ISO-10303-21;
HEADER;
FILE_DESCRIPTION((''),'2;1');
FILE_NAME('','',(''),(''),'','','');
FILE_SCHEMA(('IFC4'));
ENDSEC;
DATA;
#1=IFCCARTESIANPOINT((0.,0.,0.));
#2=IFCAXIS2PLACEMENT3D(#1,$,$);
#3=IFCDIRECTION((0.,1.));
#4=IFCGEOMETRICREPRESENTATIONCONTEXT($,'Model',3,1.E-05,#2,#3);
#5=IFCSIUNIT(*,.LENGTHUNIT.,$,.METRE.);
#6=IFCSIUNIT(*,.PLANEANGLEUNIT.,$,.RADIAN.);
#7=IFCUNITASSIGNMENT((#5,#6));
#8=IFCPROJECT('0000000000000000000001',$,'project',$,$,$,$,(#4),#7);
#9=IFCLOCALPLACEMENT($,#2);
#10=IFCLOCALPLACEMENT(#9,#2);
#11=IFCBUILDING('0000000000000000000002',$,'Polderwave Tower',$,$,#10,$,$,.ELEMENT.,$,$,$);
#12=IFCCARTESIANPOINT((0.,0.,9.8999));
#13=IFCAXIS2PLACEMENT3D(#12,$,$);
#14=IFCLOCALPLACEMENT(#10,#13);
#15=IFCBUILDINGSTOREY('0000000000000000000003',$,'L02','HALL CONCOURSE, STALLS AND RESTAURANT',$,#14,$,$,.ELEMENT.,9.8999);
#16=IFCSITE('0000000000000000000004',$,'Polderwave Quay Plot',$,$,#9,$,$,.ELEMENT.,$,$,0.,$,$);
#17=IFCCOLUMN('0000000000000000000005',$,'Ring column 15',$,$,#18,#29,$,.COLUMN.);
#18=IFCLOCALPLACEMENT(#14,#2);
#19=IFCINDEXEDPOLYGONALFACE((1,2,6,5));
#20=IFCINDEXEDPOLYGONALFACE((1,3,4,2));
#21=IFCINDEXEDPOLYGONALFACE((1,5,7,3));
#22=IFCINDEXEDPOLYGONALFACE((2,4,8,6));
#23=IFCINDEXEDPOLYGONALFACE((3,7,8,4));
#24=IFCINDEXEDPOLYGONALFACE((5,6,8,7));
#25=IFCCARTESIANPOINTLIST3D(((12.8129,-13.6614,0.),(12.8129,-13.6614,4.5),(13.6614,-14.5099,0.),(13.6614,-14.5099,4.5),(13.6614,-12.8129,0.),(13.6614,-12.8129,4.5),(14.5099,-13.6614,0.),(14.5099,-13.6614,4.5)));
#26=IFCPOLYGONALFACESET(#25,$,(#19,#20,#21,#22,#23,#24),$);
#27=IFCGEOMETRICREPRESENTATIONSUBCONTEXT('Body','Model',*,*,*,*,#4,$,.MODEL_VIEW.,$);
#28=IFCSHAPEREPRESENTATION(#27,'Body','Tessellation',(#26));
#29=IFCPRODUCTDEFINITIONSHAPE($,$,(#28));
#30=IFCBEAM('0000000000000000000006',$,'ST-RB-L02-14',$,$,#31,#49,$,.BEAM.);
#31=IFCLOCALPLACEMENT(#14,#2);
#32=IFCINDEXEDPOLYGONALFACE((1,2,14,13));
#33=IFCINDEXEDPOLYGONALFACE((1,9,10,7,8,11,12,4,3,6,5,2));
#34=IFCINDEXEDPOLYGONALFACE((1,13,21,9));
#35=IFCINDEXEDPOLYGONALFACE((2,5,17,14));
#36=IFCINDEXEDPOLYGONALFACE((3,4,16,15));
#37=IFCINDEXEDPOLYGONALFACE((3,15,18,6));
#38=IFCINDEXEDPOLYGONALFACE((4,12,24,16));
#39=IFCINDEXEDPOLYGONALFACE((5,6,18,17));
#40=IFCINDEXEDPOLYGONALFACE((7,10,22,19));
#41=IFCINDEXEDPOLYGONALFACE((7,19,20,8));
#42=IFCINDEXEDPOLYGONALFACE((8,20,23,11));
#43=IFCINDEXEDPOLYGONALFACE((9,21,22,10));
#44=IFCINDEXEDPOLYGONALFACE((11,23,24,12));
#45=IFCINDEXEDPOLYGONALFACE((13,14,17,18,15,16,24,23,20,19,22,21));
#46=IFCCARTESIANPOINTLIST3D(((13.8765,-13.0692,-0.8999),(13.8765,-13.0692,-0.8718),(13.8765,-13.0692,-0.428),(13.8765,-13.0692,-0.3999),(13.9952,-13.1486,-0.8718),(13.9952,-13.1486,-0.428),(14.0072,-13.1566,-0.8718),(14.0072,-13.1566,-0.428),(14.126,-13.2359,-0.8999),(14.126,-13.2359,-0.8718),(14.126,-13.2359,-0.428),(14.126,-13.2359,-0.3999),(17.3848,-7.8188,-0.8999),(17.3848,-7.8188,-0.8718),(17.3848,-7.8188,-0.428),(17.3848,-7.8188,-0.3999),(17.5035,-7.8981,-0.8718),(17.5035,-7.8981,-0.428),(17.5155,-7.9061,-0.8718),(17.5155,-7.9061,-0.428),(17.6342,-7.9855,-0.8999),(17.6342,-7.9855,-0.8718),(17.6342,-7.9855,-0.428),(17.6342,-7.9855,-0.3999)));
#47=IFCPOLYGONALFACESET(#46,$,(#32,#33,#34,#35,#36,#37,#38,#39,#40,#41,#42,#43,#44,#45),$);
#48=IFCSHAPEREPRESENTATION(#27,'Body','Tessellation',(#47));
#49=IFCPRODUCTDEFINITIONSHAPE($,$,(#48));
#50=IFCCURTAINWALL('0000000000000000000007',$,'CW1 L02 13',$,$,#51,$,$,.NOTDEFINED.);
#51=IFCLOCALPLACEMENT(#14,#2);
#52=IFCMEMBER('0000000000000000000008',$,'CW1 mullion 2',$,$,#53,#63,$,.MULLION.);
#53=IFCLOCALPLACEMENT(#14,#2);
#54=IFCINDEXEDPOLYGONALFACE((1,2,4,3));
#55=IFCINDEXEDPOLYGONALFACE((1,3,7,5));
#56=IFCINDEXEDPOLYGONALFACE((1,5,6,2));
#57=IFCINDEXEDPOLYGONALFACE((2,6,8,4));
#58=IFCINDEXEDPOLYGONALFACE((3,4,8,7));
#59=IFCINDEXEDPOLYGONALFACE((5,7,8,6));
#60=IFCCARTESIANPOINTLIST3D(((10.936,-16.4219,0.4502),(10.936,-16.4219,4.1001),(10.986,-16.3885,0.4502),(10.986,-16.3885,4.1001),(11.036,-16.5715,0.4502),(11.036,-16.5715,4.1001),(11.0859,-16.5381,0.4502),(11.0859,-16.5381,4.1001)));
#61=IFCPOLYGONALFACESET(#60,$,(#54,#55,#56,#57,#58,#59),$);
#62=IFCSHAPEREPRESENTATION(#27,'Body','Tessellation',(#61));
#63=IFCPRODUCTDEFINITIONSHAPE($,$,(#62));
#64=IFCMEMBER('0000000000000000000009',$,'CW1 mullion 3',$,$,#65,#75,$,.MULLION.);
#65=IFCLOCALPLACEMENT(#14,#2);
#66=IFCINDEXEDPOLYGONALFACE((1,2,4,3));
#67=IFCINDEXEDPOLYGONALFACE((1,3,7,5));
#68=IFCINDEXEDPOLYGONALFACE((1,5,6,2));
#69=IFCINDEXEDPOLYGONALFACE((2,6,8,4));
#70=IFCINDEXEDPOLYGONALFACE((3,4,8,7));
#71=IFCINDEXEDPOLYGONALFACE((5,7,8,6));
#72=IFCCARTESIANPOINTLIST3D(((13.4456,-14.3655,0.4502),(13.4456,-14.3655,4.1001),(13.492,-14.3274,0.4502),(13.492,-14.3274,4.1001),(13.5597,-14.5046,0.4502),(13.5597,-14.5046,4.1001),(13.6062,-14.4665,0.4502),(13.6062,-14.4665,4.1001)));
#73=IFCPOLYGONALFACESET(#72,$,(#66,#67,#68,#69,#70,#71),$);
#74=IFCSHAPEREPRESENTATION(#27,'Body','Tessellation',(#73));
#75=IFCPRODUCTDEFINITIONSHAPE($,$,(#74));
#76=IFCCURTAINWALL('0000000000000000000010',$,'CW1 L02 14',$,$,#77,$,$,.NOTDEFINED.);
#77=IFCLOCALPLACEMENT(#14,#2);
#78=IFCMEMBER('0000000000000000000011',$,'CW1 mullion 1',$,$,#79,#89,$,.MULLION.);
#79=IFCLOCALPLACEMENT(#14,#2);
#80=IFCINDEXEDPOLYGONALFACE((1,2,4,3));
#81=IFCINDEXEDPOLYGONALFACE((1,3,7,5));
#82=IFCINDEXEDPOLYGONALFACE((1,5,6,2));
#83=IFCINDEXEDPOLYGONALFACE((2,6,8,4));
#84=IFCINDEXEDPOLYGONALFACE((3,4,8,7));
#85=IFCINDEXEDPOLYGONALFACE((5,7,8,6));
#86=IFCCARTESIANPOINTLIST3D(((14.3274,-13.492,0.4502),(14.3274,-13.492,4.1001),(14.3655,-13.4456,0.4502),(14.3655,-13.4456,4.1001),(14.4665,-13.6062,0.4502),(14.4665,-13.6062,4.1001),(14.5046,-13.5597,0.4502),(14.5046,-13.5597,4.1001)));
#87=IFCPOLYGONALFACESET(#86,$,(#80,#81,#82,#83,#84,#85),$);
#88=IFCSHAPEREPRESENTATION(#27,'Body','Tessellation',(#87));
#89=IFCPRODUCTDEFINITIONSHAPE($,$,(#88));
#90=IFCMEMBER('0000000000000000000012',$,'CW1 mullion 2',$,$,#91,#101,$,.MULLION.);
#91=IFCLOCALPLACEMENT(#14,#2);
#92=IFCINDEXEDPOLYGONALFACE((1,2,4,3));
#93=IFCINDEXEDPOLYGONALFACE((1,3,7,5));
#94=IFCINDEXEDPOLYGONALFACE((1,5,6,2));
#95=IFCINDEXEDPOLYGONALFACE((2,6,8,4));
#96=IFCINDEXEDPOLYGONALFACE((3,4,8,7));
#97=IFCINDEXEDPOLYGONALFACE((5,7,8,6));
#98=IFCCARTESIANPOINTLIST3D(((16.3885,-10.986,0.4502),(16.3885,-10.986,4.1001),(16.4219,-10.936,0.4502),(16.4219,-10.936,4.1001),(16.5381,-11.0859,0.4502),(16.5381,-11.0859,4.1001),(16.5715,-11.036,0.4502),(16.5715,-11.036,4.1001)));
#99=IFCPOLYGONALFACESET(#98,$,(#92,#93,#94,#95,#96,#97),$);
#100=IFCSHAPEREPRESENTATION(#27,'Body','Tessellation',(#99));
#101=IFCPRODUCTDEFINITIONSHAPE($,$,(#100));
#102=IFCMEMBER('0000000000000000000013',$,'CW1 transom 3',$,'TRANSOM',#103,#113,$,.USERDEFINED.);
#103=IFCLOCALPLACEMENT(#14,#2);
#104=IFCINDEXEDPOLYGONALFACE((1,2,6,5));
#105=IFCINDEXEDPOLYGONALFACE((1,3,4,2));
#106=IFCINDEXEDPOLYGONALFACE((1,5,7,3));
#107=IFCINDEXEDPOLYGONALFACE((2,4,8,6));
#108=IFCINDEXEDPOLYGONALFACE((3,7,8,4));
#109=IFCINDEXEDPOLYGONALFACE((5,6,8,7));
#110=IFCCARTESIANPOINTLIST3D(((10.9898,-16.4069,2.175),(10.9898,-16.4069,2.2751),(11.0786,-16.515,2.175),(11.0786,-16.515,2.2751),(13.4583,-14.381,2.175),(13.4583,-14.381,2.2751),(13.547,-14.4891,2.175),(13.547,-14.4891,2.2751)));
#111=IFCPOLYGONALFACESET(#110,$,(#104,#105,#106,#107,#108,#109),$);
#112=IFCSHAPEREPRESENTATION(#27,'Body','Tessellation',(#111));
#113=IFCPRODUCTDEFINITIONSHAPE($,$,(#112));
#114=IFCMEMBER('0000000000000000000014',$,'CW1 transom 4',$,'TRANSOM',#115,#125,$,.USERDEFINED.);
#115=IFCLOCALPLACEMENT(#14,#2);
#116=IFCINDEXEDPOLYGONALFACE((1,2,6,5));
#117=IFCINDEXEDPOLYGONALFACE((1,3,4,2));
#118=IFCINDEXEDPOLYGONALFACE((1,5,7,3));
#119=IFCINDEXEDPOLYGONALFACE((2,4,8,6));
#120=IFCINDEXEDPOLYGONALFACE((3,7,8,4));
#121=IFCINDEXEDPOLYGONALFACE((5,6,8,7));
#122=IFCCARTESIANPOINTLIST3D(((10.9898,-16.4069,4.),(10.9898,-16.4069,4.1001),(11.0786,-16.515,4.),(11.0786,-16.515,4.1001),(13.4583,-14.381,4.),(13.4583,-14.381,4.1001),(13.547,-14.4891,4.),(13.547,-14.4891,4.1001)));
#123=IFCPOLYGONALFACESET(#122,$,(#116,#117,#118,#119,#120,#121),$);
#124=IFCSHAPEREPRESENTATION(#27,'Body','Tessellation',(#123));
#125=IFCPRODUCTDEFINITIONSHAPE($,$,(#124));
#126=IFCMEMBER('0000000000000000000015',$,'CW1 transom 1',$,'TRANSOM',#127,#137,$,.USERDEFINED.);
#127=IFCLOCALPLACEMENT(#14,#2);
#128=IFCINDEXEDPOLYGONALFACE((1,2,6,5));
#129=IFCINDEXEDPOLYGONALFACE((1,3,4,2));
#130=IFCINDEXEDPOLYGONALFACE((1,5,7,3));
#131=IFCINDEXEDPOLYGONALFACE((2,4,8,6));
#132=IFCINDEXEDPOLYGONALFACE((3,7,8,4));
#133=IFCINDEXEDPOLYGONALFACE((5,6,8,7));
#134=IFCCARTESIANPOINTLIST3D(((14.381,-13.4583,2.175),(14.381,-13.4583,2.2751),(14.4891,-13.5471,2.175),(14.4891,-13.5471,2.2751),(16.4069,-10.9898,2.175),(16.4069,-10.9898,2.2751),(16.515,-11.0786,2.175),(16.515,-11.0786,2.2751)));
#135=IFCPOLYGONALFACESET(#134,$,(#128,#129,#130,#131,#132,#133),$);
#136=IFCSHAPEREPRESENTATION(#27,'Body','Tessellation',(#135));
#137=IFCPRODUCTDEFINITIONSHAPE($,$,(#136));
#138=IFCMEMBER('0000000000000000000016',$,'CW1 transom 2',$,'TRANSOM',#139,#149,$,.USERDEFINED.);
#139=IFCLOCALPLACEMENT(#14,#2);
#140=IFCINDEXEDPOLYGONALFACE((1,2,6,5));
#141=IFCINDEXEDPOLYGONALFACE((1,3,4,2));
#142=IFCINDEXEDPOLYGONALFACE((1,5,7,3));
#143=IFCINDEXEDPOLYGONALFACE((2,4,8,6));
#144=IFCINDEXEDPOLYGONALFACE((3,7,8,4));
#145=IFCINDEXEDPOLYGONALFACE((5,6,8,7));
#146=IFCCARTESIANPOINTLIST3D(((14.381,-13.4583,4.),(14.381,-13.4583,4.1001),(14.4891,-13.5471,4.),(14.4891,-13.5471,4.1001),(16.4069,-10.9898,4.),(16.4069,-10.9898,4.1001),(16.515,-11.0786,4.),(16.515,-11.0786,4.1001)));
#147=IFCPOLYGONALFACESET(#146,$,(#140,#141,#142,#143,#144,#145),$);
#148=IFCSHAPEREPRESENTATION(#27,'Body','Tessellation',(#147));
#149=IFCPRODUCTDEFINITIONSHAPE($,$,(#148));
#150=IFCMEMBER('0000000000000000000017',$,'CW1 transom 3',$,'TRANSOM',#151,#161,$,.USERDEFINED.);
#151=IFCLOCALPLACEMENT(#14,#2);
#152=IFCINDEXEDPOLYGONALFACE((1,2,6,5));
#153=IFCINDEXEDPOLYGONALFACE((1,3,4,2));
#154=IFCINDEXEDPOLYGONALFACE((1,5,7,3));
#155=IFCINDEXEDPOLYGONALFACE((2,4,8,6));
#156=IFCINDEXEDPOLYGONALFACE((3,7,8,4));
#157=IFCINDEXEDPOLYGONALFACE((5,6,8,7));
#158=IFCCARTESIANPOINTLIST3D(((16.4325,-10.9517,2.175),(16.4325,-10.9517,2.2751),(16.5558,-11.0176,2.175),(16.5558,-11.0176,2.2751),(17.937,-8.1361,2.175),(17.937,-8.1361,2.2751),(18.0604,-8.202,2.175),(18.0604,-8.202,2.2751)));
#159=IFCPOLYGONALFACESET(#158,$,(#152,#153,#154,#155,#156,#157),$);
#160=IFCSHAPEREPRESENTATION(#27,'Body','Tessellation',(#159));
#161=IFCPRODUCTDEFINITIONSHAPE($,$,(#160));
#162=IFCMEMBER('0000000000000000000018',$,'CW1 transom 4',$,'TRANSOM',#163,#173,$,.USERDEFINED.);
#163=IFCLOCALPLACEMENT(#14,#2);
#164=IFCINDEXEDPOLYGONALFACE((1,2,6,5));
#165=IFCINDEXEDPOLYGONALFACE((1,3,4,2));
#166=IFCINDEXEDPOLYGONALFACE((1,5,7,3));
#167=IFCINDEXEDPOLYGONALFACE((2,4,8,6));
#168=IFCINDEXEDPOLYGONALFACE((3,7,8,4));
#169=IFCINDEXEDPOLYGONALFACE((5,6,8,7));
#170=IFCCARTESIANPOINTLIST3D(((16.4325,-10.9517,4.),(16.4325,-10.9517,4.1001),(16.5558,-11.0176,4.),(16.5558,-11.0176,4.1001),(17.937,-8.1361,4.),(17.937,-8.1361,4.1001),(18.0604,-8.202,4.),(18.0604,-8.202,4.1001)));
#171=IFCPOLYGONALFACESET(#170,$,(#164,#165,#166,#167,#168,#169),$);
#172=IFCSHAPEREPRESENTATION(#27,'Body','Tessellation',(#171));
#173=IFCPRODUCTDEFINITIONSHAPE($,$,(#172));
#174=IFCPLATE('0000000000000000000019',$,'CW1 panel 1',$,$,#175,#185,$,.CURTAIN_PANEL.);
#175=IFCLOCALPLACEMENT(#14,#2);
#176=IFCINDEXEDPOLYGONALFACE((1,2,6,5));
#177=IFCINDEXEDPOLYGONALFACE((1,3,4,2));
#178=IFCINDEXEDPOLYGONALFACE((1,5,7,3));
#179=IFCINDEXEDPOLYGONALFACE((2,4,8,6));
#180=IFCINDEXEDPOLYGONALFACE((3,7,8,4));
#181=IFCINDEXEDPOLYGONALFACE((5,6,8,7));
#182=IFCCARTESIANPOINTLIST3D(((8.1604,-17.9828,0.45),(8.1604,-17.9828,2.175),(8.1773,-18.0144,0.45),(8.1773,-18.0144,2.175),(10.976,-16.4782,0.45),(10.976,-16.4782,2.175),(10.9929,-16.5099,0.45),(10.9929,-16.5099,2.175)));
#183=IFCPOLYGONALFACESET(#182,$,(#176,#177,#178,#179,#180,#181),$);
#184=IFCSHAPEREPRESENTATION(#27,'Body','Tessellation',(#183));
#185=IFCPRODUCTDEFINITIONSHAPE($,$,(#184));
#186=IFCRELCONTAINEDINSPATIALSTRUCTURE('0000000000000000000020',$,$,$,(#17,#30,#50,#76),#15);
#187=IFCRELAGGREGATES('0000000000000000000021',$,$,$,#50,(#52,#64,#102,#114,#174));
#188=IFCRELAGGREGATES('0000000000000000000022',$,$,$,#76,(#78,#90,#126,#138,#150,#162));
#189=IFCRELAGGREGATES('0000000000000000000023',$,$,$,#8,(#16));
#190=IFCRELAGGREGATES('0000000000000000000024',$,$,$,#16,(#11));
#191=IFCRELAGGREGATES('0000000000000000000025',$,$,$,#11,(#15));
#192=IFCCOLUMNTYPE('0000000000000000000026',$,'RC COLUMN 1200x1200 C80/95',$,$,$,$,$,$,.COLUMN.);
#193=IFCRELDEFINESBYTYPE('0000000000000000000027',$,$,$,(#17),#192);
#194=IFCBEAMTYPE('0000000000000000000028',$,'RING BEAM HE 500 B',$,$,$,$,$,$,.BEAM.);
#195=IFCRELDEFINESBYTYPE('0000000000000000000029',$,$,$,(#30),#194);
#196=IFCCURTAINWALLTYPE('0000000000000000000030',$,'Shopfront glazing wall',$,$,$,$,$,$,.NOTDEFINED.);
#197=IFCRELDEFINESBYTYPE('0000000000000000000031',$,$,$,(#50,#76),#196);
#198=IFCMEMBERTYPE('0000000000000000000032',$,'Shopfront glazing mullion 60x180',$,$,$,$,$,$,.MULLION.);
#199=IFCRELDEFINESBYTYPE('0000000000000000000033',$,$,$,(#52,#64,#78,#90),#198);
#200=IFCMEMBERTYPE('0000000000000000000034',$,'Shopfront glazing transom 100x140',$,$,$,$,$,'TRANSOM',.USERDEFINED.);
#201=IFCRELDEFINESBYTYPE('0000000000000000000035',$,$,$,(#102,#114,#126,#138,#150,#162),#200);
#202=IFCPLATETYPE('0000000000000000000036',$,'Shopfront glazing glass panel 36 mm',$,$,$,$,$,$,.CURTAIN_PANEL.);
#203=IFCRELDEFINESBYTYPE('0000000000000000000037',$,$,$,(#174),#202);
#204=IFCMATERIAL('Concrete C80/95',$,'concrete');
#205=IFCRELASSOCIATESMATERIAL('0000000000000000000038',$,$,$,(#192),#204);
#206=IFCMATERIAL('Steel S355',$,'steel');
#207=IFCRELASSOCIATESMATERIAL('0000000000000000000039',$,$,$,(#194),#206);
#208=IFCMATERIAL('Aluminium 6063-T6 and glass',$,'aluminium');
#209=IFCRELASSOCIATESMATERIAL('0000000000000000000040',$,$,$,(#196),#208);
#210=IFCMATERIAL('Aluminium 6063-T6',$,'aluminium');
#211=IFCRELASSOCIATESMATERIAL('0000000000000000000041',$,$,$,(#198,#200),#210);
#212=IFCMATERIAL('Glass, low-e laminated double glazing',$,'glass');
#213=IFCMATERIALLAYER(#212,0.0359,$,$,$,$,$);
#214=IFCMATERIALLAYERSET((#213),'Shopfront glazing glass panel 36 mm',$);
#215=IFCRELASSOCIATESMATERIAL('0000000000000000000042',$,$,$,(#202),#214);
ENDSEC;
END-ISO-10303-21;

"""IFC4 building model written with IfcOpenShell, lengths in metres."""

from ifc_helpers import new_model, si_unit, direction, frame, origin, origin_2d, place, context, subcontext, project, spatial, rectangle, i_section, extrude, material, layer, layer_set, material_profile, profile_set, type_object, element, aggregate, save


model = new_model("IFC4")

# Units and contexts
model_context = context("Model", 3, precision=1e-05, world=origin(), true_north=direction((0.0, 1.0)))
body_context = subcontext(model_context, "Body", "Model", "MODEL_VIEW")
ifc_project = project(units=[si_unit("LENGTHUNIT", "METRE"), si_unit("PLANEANGLEUNIT", "RADIAN")], contexts=[model_context])

# Site, building, storey
site_placement = place(None, origin())
site = spatial("IfcSite", under=ifc_project, at=site_placement, Name="Polderwave Quay Plot", CompositionType="ELEMENT", RefElevation=0.0)
building_placement = place(site_placement, origin())
building = spatial("IfcBuilding", under=site, at=building_placement, Name="Polderwave Tower", CompositionType="ELEMENT")
storey_placement = place(building_placement, frame((0.0, 0.0, 9.8999)))
storey = spatial("IfcBuildingStorey", under=building, at=storey_placement, Name="L02", Description="HALL CONCOURSE, STALLS AND RESTAURANT", CompositionType="ELEMENT", Elevation=9.8999)

# Column
ifc_material_1 = material(Name="Concrete C80/95", Category="concrete")
ifc_material_profile_1 = material_profile(ifc_material_1, rectangle(XDim=1.2, YDim=1.2, at=origin_2d()), Name="RC 1200x1200")
ifc_profile_set_1 = profile_set([ifc_material_profile_1], Name="Concrete C80/95")
column_type = type_object("IfcColumnType", Name="RC COLUMN 1200x1200 C80/95", PredefinedType="COLUMN", material=ifc_profile_set_1)
column_placement = place(storey_placement, frame((13.6614, -13.6614, 0.0), z_axis=(0.0, 0.0, 1.0), x_axis=(0.707107, -0.707107, 0.0)))
element("IfcColumn", 1, at=column_placement, inside=storey, type_object=column_type, Name="Ring column 15", PredefinedType="COLUMN", context=body_context, shape_type="SweptSolid", body=[
    extrude(rectangle(XDim=1.2, YDim=1.2, at=origin_2d()), origin(), (0.0, 0.0, 1.0), 4.5),
])

# Beam
ifc_material_2 = material(Name="Steel S355", Category="steel")
ifc_material_profile_2 = material_profile(ifc_material_2, i_section(OverallWidth=0.3, OverallDepth=0.5, WebThickness=0.0144, FlangeThickness=0.0281, at=origin_2d()), Name="HE 500 B")
ifc_profile_set_2 = profile_set([ifc_material_profile_2], Name="Steel S355")
beam_type = type_object("IfcBeamType", Name="RING BEAM HE 500 B", PredefinedType="BEAM", material=ifc_profile_set_2)
beam_placement = place(storey_placement, frame((14.0012, -13.1526, -0.6499), z_axis=(0.555574, 0.831467, 0.0), x_axis=(-0.831467, 0.555574, 0.0)))
element("IfcBeam", 2, at=beam_placement, inside=storey, type_object=beam_type, Name="ST-RB-L02-14", PredefinedType="BEAM", context=body_context, shape_type="SweptSolid", body=[
    extrude(i_section(OverallWidth=0.3, OverallDepth=0.5, WebThickness=0.0144, FlangeThickness=0.0281, at=origin_2d()), origin(), (0.0, 0.0, 1.0), 6.3147),
])

# Curtain walls, members
ifc_material_3 = material(Name="Aluminium 6063-T6 and glass", Category="aluminium")
curtain_wall_type = type_object("IfcCurtainWallType", Name="Shopfront glazing wall", PredefinedType="NOTDEFINED", material=ifc_material_3)
curtain_wall_1_placement = place(storey_placement, origin())
curtain_wall_1 = element("IfcCurtainWall", 3, at=curtain_wall_1_placement, inside=storey, type_object=curtain_wall_type, Name="CW1 L02 13", PredefinedType="NOTDEFINED")
ifc_material_4 = material(Name="Aluminium 6063-T6", Category="aluminium")
ifc_material_profile_3 = material_profile(ifc_material_4, rectangle(XDim=0.1799, YDim=0.0601, at=origin_2d()), Name="AL 60x180")
ifc_profile_set_3 = profile_set([ifc_material_profile_3], Name="Aluminium 6063-T6")
member_type_1 = type_object("IfcMemberType", Name="Shopfront glazing mullion 60x180", PredefinedType="MULLION", material=ifc_profile_set_3)
member_1_placement = place(storey_placement, frame((11.011, -16.48, 0.4502), z_axis=(0.0, 0.0, 1.0), x_axis=(-0.555535, 0.831493, 0.0)))
member_1 = element("IfcMember", 4, at=member_1_placement, type_object=member_type_1, Name="CW1 mullion 2", PredefinedType="MULLION", context=body_context, shape_type="SweptSolid", body=[
    extrude(rectangle(XDim=0.1799, YDim=0.0601, at=origin_2d()), origin(), (0.0, 0.0, 1.0), 3.6499),
])
member_2_placement = place(storey_placement, frame((13.5259, -14.416, 0.4502), z_axis=(0.0, 0.0, 1.0), x_axis=(-0.634415, 0.772993, 0.0)))
member_2 = element("IfcMember", 5, at=member_2_placement, type_object=member_type_1, Name="CW1 mullion 3", PredefinedType="MULLION", context=body_context, shape_type="SweptSolid", body=[
    extrude(rectangle(XDim=0.1799, YDim=0.0601, at=origin_2d()), origin(), (0.0, 0.0, 1.0), 3.6499),
])
curtain_wall_2_placement = place(storey_placement, origin())
curtain_wall_2 = element("IfcCurtainWall", 6, at=curtain_wall_2_placement, inside=storey, type_object=curtain_wall_type, Name="CW1 L02 14", PredefinedType="NOTDEFINED")
member_3_placement = place(storey_placement, frame((14.416, -13.5259, 0.4502), z_axis=(0.0, 0.0, 1.0), x_axis=(-0.772993, 0.634415, 0.0)))
member_3 = element("IfcMember", 7, at=member_3_placement, type_object=member_type_1, Name="CW1 mullion 1", PredefinedType="MULLION", context=body_context, shape_type="SweptSolid", body=[
    extrude(rectangle(XDim=0.1799, YDim=0.0601, at=origin_2d()), origin(), (0.0, 0.0, 1.0), 3.6499),
])
member_4_placement = place(storey_placement, frame((16.48, -11.011, 0.4502), z_axis=(0.0, 0.0, 1.0), x_axis=(-0.831493, 0.555535, 0.0)))
member_4 = element("IfcMember", 8, at=member_4_placement, type_object=member_type_1, Name="CW1 mullion 2", PredefinedType="MULLION", context=body_context, shape_type="SweptSolid", body=[
    extrude(rectangle(XDim=0.1799, YDim=0.0601, at=origin_2d()), origin(), (0.0, 0.0, 1.0), 3.6499),
])

# Members
ifc_material_profile_4 = material_profile(ifc_material_4, rectangle(XDim=0.1399, YDim=0.1001, at=origin_2d()), Name="AL 100x140")
ifc_profile_set_4 = profile_set([ifc_material_profile_4], Name="Aluminium 6063-T6")
member_type_2 = type_object("IfcMemberType", Name="Shopfront glazing transom 100x140", ElementType="TRANSOM", PredefinedType="USERDEFINED", material=ifc_profile_set_4)
member_5_placement = place(storey_placement, frame((11.0342, -16.4609, 2.2251), z_axis=(0.773006, 0.634399, 0.0), x_axis=(-0.634399, 0.773006, 0.0)))
member_5 = element("IfcMember", 9, at=member_5_placement, type_object=member_type_2, Name="CW1 transom 3", ObjectType="TRANSOM", PredefinedType="USERDEFINED", context=body_context, shape_type="SweptSolid", body=[
    extrude(rectangle(XDim=0.1399, YDim=0.1001, at=origin_2d()), origin(), (0.0, 0.0, 1.0), 3.1934),
])
member_6_placement = place(storey_placement, frame((11.0342, -16.4609, 4.05), z_axis=(0.773006, 0.634399, 0.0), x_axis=(-0.634399, 0.773006, 0.0)))
member_6 = element("IfcMember", 10, at=member_6_placement, type_object=member_type_2, Name="CW1 transom 4", ObjectType="TRANSOM", PredefinedType="USERDEFINED", context=body_context, shape_type="SweptSolid", body=[
    extrude(rectangle(XDim=0.1399, YDim=0.1001, at=origin_2d()), origin(), (0.0, 0.0, 1.0), 3.1934),
])
member_7_placement = place(storey_placement, frame((14.4351, -13.5027, 2.2251), z_axis=(0.634399, 0.773006, 0.0), x_axis=(-0.773006, 0.634399, 0.0)))
member_7 = element("IfcMember", 11, at=member_7_placement, type_object=member_type_2, Name="CW1 transom 1", ObjectType="TRANSOM", PredefinedType="USERDEFINED", context=body_context, shape_type="SweptSolid", body=[
    extrude(rectangle(XDim=0.1399, YDim=0.1001, at=origin_2d()), origin(), (0.0, 0.0, 1.0), 3.1934),
])
member_8_placement = place(storey_placement, frame((14.4351, -13.5027, 4.05), z_axis=(0.634399, 0.773006, 0.0), x_axis=(-0.773006, 0.634399, 0.0)))
member_8 = element("IfcMember", 12, at=member_8_placement, type_object=member_type_2, Name="CW1 transom 2", ObjectType="TRANSOM", PredefinedType="USERDEFINED", context=body_context, shape_type="SweptSolid", body=[
    extrude(rectangle(XDim=0.1399, YDim=0.1001, at=origin_2d()), origin(), (0.0, 0.0, 1.0), 3.1934),
])
member_9_placement = place(storey_placement, frame((16.4941, -10.9846, 2.2251), z_axis=(0.471307, 0.881969, 0.0), x_axis=(-0.881969, 0.471307, 0.0)))
member_9 = element("IfcMember", 13, at=member_9_placement, type_object=member_type_2, Name="CW1 transom 3", ObjectType="TRANSOM", PredefinedType="USERDEFINED", context=body_context, shape_type="SweptSolid", body=[
    extrude(rectangle(XDim=0.1399, YDim=0.1001, at=origin_2d()), origin(), (0.0, 0.0, 1.0), 3.1924),
])
member_10_placement = place(storey_placement, frame((16.4941, -10.9846, 4.05), z_axis=(0.471307, 0.881969, 0.0), x_axis=(-0.881969, 0.471307, 0.0)))
member_10 = element("IfcMember", 14, at=member_10_placement, type_object=member_type_2, Name="CW1 transom 4", ObjectType="TRANSOM", PredefinedType="USERDEFINED", context=body_context, shape_type="SweptSolid", body=[
    extrude(rectangle(XDim=0.1399, YDim=0.1001, at=origin_2d()), origin(), (0.0, 0.0, 1.0), 3.1924),
])

# Plate
ifc_material_5 = material(Name="Glass, low-e laminated double glazing", Category="glass")
ifc_layer_1 = layer(ifc_material_5, 0.0359)
ifc_layer_set_1 = layer_set([ifc_layer_1], Name="Shopfront glazing glass panel 36 mm")
plate_type = type_object("IfcPlateType", Name="Shopfront glazing glass panel 36 mm", PredefinedType="CURTAIN_PANEL", material=ifc_layer_set_1)
plate_1_placement = place(storey_placement, frame((9.5767, -17.2463, 0.45), z_axis=(0.0, 0.0, 1.0), x_axis=(0.881973, 0.4713, 0.0)))
plate_1 = element("IfcPlate", 15, at=plate_1_placement, type_object=plate_type, Name="CW1 panel 1", PredefinedType="CURTAIN_PANEL", context=body_context, shape_type="SweptSolid", body=[
    extrude(rectangle(XDim=3.1924, YDim=0.0359, at=origin_2d()), origin(), (0.0, 0.0, 1.0), 1.7251),
])
aggregate(curtain_wall_1, [member_1, member_2, member_5, member_6, plate_1])
aggregate(curtain_wall_2, [member_3, member_4, member_7, member_8, member_9, member_10])

save(model, "model.ifc")
